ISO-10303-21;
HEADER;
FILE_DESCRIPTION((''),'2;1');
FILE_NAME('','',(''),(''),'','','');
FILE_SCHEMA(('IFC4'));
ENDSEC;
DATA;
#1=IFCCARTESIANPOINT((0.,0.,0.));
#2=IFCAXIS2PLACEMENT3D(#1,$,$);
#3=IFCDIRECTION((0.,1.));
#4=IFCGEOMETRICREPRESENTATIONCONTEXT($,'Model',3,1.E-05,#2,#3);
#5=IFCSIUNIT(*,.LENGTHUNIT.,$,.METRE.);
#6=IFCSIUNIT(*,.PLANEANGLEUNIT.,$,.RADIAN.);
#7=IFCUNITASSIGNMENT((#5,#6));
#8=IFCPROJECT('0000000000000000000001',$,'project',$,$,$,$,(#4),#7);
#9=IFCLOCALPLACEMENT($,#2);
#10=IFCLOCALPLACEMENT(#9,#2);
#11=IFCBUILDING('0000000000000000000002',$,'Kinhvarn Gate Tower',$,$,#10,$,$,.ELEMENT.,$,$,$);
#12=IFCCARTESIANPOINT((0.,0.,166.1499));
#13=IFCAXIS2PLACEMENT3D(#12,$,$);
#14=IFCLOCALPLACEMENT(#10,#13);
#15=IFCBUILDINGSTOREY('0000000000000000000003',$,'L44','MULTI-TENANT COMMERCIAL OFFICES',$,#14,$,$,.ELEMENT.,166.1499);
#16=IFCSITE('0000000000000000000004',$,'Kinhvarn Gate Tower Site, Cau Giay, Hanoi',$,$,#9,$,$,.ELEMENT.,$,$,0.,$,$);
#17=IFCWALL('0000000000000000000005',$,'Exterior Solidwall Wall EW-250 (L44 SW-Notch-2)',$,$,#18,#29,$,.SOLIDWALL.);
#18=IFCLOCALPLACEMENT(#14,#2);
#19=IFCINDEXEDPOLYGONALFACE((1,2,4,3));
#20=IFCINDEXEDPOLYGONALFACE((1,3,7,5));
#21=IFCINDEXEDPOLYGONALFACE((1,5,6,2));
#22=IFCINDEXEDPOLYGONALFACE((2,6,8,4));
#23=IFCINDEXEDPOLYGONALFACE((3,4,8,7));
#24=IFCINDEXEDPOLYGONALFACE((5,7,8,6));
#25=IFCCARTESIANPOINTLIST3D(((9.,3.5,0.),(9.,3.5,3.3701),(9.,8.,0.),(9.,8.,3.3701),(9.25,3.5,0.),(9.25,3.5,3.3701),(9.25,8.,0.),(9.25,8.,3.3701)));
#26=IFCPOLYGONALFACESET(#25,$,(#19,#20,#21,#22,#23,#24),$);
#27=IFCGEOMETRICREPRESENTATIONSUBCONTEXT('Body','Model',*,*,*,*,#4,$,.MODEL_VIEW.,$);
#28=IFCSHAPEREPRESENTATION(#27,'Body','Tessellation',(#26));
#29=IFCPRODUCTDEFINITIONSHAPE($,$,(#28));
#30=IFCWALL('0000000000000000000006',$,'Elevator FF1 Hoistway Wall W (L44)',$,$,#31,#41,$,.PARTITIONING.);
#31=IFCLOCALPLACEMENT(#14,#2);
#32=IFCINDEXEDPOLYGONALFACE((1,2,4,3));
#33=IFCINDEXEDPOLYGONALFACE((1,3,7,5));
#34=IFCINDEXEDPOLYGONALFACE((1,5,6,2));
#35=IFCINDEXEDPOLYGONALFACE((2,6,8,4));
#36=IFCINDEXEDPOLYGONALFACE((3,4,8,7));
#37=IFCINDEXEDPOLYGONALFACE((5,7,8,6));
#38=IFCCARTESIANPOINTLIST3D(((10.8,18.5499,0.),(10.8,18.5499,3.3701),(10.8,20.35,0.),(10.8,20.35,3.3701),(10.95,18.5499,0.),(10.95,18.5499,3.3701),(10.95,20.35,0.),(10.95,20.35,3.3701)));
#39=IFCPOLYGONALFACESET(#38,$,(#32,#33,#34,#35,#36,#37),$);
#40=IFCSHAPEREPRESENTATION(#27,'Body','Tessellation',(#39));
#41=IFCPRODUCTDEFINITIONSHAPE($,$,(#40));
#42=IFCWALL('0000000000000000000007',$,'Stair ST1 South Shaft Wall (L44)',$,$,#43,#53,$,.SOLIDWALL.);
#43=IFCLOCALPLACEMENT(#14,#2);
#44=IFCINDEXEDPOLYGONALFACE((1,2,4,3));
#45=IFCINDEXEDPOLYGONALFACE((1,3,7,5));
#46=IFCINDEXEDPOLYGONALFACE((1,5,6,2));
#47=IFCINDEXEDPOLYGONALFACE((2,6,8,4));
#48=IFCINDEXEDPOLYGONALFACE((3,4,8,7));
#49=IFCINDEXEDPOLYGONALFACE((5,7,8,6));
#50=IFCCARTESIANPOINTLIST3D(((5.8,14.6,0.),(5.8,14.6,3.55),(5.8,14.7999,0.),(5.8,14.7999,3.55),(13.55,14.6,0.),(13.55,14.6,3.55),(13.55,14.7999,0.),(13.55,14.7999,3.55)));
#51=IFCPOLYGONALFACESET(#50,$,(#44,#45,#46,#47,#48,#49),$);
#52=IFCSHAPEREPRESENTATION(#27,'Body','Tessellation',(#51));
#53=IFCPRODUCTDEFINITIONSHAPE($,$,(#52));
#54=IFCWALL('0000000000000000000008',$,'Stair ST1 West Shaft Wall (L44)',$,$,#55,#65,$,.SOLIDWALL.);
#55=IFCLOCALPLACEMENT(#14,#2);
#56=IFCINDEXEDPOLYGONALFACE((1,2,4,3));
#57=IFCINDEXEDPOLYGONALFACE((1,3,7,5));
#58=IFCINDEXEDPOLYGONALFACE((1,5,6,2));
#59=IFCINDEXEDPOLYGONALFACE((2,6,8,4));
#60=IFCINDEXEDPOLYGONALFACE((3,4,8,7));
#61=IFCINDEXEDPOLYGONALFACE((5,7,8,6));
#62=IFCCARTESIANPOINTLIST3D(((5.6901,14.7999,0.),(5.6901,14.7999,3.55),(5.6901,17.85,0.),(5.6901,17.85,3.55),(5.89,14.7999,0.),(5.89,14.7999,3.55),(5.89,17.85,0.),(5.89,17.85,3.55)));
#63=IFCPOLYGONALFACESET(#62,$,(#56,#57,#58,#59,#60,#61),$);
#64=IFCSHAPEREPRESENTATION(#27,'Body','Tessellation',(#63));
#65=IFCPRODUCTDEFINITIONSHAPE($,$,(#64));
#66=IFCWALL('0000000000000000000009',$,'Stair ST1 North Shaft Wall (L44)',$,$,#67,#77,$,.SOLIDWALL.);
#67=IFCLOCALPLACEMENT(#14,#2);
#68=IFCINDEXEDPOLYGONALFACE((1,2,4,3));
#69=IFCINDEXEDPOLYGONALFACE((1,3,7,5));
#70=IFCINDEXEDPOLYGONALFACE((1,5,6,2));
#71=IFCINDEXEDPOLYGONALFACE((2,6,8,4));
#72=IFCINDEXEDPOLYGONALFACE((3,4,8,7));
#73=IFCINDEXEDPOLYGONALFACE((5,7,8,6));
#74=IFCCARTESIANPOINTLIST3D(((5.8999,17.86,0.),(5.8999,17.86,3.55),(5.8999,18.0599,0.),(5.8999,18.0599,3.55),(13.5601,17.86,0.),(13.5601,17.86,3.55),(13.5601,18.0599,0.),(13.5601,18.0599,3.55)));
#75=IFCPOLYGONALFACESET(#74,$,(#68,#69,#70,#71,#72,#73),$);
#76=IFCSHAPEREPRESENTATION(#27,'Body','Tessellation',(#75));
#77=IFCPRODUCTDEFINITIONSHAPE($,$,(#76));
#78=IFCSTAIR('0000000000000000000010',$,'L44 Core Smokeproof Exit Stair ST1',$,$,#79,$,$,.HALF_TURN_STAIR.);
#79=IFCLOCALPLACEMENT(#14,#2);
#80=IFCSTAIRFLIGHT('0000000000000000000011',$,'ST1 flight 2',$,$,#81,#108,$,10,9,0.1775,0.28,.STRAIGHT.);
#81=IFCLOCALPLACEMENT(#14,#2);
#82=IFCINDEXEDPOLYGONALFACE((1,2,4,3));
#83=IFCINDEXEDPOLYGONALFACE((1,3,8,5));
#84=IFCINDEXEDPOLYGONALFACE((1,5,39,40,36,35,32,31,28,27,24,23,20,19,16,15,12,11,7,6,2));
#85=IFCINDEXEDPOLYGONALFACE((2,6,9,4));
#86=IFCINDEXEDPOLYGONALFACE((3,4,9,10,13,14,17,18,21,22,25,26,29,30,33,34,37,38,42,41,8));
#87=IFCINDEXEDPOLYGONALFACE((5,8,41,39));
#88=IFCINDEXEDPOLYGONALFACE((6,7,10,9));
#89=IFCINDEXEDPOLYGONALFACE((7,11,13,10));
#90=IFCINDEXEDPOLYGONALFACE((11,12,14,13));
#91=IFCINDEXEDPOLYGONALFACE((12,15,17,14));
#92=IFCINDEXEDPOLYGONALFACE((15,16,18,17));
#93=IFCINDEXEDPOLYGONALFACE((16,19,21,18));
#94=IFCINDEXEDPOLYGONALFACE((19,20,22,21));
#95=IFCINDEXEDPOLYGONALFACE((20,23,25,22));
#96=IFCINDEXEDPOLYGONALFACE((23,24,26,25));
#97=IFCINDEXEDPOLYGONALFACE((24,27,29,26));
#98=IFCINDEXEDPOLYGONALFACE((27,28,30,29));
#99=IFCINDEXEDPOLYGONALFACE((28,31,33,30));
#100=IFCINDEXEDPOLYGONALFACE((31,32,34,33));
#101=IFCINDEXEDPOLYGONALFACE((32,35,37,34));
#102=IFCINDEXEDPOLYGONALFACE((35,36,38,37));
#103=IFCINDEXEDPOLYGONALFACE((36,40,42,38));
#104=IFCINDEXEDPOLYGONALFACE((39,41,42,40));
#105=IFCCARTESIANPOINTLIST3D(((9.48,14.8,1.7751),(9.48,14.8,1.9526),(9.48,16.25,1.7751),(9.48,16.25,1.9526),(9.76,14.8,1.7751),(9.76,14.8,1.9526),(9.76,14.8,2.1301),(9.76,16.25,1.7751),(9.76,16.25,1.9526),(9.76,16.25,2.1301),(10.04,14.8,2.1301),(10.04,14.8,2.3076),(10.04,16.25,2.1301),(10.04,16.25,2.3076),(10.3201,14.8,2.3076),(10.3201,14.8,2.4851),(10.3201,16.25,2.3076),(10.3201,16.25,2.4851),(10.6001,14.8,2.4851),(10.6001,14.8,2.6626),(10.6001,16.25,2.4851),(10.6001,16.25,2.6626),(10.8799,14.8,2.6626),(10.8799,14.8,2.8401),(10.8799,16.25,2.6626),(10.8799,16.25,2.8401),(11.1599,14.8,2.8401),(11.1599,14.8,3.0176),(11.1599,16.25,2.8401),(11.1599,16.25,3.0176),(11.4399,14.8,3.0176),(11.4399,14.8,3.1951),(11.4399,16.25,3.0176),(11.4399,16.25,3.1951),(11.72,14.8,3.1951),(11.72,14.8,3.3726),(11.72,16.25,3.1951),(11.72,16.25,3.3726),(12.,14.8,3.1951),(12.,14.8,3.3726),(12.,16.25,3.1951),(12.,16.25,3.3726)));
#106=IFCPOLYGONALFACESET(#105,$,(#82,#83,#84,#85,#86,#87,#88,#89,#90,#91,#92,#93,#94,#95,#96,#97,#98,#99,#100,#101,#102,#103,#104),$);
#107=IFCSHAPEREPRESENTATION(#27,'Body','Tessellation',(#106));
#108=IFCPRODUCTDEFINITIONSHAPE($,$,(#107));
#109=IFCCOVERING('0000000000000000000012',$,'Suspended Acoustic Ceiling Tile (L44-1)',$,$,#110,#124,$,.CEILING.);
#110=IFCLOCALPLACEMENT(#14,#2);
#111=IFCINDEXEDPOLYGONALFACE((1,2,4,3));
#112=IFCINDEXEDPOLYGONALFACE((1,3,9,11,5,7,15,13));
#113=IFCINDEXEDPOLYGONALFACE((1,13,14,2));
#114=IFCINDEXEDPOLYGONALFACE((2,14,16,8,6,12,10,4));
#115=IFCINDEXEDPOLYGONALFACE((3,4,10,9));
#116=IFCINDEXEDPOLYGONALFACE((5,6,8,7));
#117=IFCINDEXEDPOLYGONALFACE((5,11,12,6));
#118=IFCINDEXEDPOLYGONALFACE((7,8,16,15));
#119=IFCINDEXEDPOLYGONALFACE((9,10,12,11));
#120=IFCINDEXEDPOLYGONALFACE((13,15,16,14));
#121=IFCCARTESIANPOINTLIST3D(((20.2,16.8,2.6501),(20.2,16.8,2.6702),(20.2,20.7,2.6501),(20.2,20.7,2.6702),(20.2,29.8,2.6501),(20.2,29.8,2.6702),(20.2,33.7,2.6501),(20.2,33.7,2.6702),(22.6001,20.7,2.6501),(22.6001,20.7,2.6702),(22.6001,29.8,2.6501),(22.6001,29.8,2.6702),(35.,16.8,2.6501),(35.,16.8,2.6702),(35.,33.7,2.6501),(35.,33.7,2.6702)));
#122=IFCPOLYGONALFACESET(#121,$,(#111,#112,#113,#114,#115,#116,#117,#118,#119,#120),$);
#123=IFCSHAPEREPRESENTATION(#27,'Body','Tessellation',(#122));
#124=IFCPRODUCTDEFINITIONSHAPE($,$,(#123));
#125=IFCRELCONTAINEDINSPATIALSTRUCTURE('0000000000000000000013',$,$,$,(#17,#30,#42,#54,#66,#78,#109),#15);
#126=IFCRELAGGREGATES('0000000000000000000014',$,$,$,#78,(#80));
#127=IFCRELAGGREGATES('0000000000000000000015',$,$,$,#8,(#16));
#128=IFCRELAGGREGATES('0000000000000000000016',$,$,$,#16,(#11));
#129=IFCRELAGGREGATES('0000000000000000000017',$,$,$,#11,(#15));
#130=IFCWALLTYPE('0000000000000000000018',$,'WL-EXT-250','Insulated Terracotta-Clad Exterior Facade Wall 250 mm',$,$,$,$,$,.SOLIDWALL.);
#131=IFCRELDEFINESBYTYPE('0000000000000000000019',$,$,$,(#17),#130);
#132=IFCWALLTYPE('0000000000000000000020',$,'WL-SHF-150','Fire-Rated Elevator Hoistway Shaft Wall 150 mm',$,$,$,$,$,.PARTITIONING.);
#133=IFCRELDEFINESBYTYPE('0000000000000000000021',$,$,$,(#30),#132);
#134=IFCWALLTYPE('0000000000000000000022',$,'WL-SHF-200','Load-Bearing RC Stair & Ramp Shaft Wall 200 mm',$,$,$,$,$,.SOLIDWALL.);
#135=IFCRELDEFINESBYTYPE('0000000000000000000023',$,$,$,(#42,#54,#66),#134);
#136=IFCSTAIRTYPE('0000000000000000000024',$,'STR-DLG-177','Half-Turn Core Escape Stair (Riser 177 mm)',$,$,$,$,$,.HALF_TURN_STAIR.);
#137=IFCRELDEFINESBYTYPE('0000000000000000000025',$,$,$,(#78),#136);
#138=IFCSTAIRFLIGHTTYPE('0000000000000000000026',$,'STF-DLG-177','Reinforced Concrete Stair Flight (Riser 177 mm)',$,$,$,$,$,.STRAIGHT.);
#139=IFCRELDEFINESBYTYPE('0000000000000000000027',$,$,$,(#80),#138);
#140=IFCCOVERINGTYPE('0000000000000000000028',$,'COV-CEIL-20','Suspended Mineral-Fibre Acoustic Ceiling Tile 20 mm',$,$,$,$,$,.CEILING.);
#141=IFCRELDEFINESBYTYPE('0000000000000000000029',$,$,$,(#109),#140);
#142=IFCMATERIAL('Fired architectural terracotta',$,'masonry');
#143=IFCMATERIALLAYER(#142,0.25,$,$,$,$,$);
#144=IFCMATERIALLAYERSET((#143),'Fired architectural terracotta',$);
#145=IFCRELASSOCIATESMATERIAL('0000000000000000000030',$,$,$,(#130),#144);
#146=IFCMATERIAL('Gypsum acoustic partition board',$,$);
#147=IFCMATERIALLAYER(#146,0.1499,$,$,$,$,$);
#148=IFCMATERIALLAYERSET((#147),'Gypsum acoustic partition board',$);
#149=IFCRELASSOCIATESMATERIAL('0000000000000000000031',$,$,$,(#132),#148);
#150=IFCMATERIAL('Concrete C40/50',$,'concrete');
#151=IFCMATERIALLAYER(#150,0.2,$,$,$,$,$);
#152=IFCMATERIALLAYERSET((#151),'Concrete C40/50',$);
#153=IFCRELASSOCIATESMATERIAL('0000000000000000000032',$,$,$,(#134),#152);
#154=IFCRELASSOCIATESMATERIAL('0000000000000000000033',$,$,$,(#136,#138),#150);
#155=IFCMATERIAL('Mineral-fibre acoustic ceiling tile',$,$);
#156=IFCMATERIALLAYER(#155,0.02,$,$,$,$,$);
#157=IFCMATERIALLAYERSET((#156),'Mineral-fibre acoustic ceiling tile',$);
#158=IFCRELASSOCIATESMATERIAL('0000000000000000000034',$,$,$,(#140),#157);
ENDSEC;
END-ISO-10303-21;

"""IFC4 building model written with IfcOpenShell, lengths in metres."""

from ifc_helpers import new_model, si_unit, direction, frame, frame_2d, origin, place, context, subcontext, project, spatial, polyline, rectangle, outline, extrude, material, layer, layer_set, type_object, element, aggregate, save


model = new_model("IFC4")

# Units and contexts
model_context = context("Model", 3, precision=1e-05, world=origin(), true_north=direction((0.0, 1.0)))
body_context = subcontext(model_context, "Body", "Model", "MODEL_VIEW")
ifc_project = project(units=[si_unit("LENGTHUNIT", "METRE"), si_unit("PLANEANGLEUNIT", "RADIAN")], contexts=[model_context])

# Site, building, storey
site_placement = place(None, origin())
site = spatial("IfcSite", under=ifc_project, at=site_placement, Name="Kinhvarn Gate Tower Site, Cau Giay, Hanoi", CompositionType="ELEMENT", RefElevation=0.0)
building_placement = place(site_placement, origin())
building = spatial("IfcBuilding", under=site, at=building_placement, Name="Kinhvarn Gate Tower", CompositionType="ELEMENT")
storey_placement = place(building_placement, frame((0.0, 0.0, 166.1499)))
storey = spatial("IfcBuildingStorey", under=building, at=storey_placement, Name="L44", Description="MULTI-TENANT COMMERCIAL OFFICES", CompositionType="ELEMENT", Elevation=166.1499)

# Shared definitions
ifc_material_1 = material(Name="Fired architectural terracotta", Category="masonry")
ifc_layer_1 = layer(ifc_material_1, 0.25)
ifc_layer_set_1 = layer_set([ifc_layer_1], Name="Fired architectural terracotta")
wall_type_1 = type_object("IfcWallType", Name="WL-EXT-250", Description="Insulated Terracotta-Clad Exterior Facade Wall 250 mm", PredefinedType="SOLIDWALL", material=ifc_layer_set_1)

# Walls
wall_1_placement = place(storey_placement, frame((9.125, 8.0, 0.0), z_axis=(0.0, 0.0, 1.0), x_axis=(0.0, -1.0, 0.0)))
element("IfcWall", 1, at=wall_1_placement, inside=storey, type_object=wall_type_1, Name="Exterior Solidwall Wall EW-250 (L44 SW-Notch-2)", PredefinedType="SOLIDWALL", context=body_context, shape_type="SweptSolid", body=[
    extrude(rectangle(XDim=4.5, YDim=0.25, at=frame_2d((2.25, 0.0))), origin(), (0.0, 0.0, 1.0), 3.3701),
])
ifc_material_2 = material(Name="Gypsum acoustic partition board")
ifc_layer_2 = layer(ifc_material_2, 0.1499)
ifc_layer_set_2 = layer_set([ifc_layer_2], Name="Gypsum acoustic partition board")
wall_type_2 = type_object("IfcWallType", Name="WL-SHF-150", Description="Fire-Rated Elevator Hoistway Shaft Wall 150 mm", PredefinedType="PARTITIONING", material=ifc_layer_set_2)
wall_2_placement = place(storey_placement, frame((10.875, 18.55, 0.0), z_axis=(0.0, 0.0, 1.0), x_axis=(0.0, 1.0, 0.0)))
element("IfcWall", 2, at=wall_2_placement, inside=storey, type_object=wall_type_2, Name="Elevator FF1 Hoistway Wall W (L44)", PredefinedType="PARTITIONING", context=body_context, shape_type="SweptSolid", body=[
    extrude(rectangle(XDim=1.8, YDim=0.1499, at=frame_2d((0.8999, 0.0))), origin(), (0.0, 0.0, 1.0), 3.3701),
])
ifc_material_3 = material(Name="Concrete C40/50", Category="concrete")
ifc_layer_3 = layer(ifc_material_3, 0.2)
ifc_layer_set_3 = layer_set([ifc_layer_3], Name="Concrete C40/50")
wall_type_3 = type_object("IfcWallType", Name="WL-SHF-200", Description="Load-Bearing RC Stair & Ramp Shaft Wall 200 mm", PredefinedType="SOLIDWALL", material=ifc_layer_set_3)
wall_3_placement = place(storey_placement, frame((5.8, 14.7, 0.0), z_axis=(0.0, 0.0, 1.0), x_axis=(1.0, 0.0, 0.0)))
element("IfcWall", 3, at=wall_3_placement, inside=storey, type_object=wall_type_3, Name="Stair ST1 South Shaft Wall (L44)", PredefinedType="SOLIDWALL", context=body_context, shape_type="SweptSolid", body=[
    extrude(rectangle(XDim=7.75, YDim=0.2, at=frame_2d((3.875, 0.0))), origin(), (0.0, 0.0, 1.0), 3.55),
])
wall_4_placement = place(storey_placement, frame((5.79, 14.8, 0.0), z_axis=(0.0, 0.0, 1.0), x_axis=(0.0, 1.0, 0.0)))
element("IfcWall", 4, at=wall_4_placement, inside=storey, type_object=wall_type_3, Name="Stair ST1 West Shaft Wall (L44)", PredefinedType="SOLIDWALL", context=body_context, shape_type="SweptSolid", body=[
    extrude(rectangle(XDim=3.05, YDim=0.2, at=frame_2d((1.5249, 0.0))), origin(), (0.0, 0.0, 1.0), 3.55),
])
wall_5_placement = place(storey_placement, frame((5.8999, 17.96, 0.0), z_axis=(0.0, 0.0, 1.0), x_axis=(1.0, 0.0, 0.0)))
element("IfcWall", 5, at=wall_5_placement, inside=storey, type_object=wall_type_3, Name="Stair ST1 North Shaft Wall (L44)", PredefinedType="SOLIDWALL", context=body_context, shape_type="SweptSolid", body=[
    extrude(rectangle(XDim=7.6602, YDim=0.2, at=frame_2d((3.8301, 0.0))), origin(), (0.0, 0.0, 1.0), 3.55),
])

# Stair, stair flight
stair_type = type_object("IfcStairType", Name="STR-DLG-177", Description="Half-Turn Core Escape Stair (Riser 177 mm)", PredefinedType="HALF_TURN_STAIR", material=ifc_material_3)
stair_placement = place(storey_placement, origin())
stair = element("IfcStair", 6, at=stair_placement, inside=storey, type_object=stair_type, Name="L44 Core Smokeproof Exit Stair ST1", PredefinedType="HALF_TURN_STAIR")
stair_flight_type = type_object("IfcStairFlightType", Name="STF-DLG-177", Description="Reinforced Concrete Stair Flight (Riser 177 mm)", PredefinedType="STRAIGHT", material=ifc_material_3)
stair_flight_placement = place(storey_placement, frame((9.48, 15.5249, 1.7751), z_axis=(0.0, 0.0, 1.0), x_axis=(1.0, 0.0, 0.0)))
stair_flight = element("IfcStairFlight", 7, at=stair_flight_placement, type_object=stair_flight_type, Name="ST1 flight 2", NumberOfRisers=10, NumberOfTreads=9, PredefinedType="STRAIGHT", RiserHeight=0.1775, TreadLength=0.28, context=body_context, shape_type="SweptSolid", body=[
    extrude(outline(polyline([(0.0, 0.0), (0.0, 0.1775), (0.28, 0.1775), (0.28, 0.355), (0.5601, 0.355), (0.5601, 0.5325), (0.8401, 0.5325), (0.8401, 0.71), (1.1201, 0.71), (1.1201, 0.8875), (1.3999, 0.8875), (1.3999, 1.0649), (1.6799, 1.0649), (1.6799, 1.2424), (1.96, 1.2424), (1.96, 1.4199), (2.24, 1.4199), (2.24, 1.5974), (2.52, 1.5974), (2.52, 1.7749), (2.52, 1.4199), (0.28, 0.0), (0.0, 0.0)])), frame((0.0, 0.7251, 0.0), z_axis=(0.0, -1.0, 0.0), x_axis=(1.0, 0.0, 0.0)), (0.0, 0.0, 1.0), 1.45),
])
aggregate(stair, [stair_flight])

# Covering
ifc_material_4 = material(Name="Mineral-fibre acoustic ceiling tile")
ifc_layer_4 = layer(ifc_material_4, 0.02)
ifc_layer_set_4 = layer_set([ifc_layer_4], Name="Mineral-fibre acoustic ceiling tile")
covering_type = type_object("IfcCoveringType", Name="COV-CEIL-20", Description="Suspended Mineral-Fibre Acoustic Ceiling Tile 20 mm", PredefinedType="CEILING", material=ifc_layer_set_4)
covering_placement = place(storey_placement, frame((0.0, 0.0, 2.6501)))
element("IfcCovering", 8, at=covering_placement, inside=storey, type_object=covering_type, Name="Suspended Acoustic Ceiling Tile (L44-1)", PredefinedType="CEILING", context=body_context, shape_type="SweptSolid", body=[
    extrude(outline(polyline([(35.0, 33.7), (35.0, 16.8), (20.2, 16.8), (20.2, 20.7), (22.6001, 20.7), (22.6001, 29.8), (20.2, 29.8), (20.2, 33.7), (35.0, 33.7)])), origin(), (0.0, 0.0, 1.0), 0.02),
])

save(model, "model.ifc")
